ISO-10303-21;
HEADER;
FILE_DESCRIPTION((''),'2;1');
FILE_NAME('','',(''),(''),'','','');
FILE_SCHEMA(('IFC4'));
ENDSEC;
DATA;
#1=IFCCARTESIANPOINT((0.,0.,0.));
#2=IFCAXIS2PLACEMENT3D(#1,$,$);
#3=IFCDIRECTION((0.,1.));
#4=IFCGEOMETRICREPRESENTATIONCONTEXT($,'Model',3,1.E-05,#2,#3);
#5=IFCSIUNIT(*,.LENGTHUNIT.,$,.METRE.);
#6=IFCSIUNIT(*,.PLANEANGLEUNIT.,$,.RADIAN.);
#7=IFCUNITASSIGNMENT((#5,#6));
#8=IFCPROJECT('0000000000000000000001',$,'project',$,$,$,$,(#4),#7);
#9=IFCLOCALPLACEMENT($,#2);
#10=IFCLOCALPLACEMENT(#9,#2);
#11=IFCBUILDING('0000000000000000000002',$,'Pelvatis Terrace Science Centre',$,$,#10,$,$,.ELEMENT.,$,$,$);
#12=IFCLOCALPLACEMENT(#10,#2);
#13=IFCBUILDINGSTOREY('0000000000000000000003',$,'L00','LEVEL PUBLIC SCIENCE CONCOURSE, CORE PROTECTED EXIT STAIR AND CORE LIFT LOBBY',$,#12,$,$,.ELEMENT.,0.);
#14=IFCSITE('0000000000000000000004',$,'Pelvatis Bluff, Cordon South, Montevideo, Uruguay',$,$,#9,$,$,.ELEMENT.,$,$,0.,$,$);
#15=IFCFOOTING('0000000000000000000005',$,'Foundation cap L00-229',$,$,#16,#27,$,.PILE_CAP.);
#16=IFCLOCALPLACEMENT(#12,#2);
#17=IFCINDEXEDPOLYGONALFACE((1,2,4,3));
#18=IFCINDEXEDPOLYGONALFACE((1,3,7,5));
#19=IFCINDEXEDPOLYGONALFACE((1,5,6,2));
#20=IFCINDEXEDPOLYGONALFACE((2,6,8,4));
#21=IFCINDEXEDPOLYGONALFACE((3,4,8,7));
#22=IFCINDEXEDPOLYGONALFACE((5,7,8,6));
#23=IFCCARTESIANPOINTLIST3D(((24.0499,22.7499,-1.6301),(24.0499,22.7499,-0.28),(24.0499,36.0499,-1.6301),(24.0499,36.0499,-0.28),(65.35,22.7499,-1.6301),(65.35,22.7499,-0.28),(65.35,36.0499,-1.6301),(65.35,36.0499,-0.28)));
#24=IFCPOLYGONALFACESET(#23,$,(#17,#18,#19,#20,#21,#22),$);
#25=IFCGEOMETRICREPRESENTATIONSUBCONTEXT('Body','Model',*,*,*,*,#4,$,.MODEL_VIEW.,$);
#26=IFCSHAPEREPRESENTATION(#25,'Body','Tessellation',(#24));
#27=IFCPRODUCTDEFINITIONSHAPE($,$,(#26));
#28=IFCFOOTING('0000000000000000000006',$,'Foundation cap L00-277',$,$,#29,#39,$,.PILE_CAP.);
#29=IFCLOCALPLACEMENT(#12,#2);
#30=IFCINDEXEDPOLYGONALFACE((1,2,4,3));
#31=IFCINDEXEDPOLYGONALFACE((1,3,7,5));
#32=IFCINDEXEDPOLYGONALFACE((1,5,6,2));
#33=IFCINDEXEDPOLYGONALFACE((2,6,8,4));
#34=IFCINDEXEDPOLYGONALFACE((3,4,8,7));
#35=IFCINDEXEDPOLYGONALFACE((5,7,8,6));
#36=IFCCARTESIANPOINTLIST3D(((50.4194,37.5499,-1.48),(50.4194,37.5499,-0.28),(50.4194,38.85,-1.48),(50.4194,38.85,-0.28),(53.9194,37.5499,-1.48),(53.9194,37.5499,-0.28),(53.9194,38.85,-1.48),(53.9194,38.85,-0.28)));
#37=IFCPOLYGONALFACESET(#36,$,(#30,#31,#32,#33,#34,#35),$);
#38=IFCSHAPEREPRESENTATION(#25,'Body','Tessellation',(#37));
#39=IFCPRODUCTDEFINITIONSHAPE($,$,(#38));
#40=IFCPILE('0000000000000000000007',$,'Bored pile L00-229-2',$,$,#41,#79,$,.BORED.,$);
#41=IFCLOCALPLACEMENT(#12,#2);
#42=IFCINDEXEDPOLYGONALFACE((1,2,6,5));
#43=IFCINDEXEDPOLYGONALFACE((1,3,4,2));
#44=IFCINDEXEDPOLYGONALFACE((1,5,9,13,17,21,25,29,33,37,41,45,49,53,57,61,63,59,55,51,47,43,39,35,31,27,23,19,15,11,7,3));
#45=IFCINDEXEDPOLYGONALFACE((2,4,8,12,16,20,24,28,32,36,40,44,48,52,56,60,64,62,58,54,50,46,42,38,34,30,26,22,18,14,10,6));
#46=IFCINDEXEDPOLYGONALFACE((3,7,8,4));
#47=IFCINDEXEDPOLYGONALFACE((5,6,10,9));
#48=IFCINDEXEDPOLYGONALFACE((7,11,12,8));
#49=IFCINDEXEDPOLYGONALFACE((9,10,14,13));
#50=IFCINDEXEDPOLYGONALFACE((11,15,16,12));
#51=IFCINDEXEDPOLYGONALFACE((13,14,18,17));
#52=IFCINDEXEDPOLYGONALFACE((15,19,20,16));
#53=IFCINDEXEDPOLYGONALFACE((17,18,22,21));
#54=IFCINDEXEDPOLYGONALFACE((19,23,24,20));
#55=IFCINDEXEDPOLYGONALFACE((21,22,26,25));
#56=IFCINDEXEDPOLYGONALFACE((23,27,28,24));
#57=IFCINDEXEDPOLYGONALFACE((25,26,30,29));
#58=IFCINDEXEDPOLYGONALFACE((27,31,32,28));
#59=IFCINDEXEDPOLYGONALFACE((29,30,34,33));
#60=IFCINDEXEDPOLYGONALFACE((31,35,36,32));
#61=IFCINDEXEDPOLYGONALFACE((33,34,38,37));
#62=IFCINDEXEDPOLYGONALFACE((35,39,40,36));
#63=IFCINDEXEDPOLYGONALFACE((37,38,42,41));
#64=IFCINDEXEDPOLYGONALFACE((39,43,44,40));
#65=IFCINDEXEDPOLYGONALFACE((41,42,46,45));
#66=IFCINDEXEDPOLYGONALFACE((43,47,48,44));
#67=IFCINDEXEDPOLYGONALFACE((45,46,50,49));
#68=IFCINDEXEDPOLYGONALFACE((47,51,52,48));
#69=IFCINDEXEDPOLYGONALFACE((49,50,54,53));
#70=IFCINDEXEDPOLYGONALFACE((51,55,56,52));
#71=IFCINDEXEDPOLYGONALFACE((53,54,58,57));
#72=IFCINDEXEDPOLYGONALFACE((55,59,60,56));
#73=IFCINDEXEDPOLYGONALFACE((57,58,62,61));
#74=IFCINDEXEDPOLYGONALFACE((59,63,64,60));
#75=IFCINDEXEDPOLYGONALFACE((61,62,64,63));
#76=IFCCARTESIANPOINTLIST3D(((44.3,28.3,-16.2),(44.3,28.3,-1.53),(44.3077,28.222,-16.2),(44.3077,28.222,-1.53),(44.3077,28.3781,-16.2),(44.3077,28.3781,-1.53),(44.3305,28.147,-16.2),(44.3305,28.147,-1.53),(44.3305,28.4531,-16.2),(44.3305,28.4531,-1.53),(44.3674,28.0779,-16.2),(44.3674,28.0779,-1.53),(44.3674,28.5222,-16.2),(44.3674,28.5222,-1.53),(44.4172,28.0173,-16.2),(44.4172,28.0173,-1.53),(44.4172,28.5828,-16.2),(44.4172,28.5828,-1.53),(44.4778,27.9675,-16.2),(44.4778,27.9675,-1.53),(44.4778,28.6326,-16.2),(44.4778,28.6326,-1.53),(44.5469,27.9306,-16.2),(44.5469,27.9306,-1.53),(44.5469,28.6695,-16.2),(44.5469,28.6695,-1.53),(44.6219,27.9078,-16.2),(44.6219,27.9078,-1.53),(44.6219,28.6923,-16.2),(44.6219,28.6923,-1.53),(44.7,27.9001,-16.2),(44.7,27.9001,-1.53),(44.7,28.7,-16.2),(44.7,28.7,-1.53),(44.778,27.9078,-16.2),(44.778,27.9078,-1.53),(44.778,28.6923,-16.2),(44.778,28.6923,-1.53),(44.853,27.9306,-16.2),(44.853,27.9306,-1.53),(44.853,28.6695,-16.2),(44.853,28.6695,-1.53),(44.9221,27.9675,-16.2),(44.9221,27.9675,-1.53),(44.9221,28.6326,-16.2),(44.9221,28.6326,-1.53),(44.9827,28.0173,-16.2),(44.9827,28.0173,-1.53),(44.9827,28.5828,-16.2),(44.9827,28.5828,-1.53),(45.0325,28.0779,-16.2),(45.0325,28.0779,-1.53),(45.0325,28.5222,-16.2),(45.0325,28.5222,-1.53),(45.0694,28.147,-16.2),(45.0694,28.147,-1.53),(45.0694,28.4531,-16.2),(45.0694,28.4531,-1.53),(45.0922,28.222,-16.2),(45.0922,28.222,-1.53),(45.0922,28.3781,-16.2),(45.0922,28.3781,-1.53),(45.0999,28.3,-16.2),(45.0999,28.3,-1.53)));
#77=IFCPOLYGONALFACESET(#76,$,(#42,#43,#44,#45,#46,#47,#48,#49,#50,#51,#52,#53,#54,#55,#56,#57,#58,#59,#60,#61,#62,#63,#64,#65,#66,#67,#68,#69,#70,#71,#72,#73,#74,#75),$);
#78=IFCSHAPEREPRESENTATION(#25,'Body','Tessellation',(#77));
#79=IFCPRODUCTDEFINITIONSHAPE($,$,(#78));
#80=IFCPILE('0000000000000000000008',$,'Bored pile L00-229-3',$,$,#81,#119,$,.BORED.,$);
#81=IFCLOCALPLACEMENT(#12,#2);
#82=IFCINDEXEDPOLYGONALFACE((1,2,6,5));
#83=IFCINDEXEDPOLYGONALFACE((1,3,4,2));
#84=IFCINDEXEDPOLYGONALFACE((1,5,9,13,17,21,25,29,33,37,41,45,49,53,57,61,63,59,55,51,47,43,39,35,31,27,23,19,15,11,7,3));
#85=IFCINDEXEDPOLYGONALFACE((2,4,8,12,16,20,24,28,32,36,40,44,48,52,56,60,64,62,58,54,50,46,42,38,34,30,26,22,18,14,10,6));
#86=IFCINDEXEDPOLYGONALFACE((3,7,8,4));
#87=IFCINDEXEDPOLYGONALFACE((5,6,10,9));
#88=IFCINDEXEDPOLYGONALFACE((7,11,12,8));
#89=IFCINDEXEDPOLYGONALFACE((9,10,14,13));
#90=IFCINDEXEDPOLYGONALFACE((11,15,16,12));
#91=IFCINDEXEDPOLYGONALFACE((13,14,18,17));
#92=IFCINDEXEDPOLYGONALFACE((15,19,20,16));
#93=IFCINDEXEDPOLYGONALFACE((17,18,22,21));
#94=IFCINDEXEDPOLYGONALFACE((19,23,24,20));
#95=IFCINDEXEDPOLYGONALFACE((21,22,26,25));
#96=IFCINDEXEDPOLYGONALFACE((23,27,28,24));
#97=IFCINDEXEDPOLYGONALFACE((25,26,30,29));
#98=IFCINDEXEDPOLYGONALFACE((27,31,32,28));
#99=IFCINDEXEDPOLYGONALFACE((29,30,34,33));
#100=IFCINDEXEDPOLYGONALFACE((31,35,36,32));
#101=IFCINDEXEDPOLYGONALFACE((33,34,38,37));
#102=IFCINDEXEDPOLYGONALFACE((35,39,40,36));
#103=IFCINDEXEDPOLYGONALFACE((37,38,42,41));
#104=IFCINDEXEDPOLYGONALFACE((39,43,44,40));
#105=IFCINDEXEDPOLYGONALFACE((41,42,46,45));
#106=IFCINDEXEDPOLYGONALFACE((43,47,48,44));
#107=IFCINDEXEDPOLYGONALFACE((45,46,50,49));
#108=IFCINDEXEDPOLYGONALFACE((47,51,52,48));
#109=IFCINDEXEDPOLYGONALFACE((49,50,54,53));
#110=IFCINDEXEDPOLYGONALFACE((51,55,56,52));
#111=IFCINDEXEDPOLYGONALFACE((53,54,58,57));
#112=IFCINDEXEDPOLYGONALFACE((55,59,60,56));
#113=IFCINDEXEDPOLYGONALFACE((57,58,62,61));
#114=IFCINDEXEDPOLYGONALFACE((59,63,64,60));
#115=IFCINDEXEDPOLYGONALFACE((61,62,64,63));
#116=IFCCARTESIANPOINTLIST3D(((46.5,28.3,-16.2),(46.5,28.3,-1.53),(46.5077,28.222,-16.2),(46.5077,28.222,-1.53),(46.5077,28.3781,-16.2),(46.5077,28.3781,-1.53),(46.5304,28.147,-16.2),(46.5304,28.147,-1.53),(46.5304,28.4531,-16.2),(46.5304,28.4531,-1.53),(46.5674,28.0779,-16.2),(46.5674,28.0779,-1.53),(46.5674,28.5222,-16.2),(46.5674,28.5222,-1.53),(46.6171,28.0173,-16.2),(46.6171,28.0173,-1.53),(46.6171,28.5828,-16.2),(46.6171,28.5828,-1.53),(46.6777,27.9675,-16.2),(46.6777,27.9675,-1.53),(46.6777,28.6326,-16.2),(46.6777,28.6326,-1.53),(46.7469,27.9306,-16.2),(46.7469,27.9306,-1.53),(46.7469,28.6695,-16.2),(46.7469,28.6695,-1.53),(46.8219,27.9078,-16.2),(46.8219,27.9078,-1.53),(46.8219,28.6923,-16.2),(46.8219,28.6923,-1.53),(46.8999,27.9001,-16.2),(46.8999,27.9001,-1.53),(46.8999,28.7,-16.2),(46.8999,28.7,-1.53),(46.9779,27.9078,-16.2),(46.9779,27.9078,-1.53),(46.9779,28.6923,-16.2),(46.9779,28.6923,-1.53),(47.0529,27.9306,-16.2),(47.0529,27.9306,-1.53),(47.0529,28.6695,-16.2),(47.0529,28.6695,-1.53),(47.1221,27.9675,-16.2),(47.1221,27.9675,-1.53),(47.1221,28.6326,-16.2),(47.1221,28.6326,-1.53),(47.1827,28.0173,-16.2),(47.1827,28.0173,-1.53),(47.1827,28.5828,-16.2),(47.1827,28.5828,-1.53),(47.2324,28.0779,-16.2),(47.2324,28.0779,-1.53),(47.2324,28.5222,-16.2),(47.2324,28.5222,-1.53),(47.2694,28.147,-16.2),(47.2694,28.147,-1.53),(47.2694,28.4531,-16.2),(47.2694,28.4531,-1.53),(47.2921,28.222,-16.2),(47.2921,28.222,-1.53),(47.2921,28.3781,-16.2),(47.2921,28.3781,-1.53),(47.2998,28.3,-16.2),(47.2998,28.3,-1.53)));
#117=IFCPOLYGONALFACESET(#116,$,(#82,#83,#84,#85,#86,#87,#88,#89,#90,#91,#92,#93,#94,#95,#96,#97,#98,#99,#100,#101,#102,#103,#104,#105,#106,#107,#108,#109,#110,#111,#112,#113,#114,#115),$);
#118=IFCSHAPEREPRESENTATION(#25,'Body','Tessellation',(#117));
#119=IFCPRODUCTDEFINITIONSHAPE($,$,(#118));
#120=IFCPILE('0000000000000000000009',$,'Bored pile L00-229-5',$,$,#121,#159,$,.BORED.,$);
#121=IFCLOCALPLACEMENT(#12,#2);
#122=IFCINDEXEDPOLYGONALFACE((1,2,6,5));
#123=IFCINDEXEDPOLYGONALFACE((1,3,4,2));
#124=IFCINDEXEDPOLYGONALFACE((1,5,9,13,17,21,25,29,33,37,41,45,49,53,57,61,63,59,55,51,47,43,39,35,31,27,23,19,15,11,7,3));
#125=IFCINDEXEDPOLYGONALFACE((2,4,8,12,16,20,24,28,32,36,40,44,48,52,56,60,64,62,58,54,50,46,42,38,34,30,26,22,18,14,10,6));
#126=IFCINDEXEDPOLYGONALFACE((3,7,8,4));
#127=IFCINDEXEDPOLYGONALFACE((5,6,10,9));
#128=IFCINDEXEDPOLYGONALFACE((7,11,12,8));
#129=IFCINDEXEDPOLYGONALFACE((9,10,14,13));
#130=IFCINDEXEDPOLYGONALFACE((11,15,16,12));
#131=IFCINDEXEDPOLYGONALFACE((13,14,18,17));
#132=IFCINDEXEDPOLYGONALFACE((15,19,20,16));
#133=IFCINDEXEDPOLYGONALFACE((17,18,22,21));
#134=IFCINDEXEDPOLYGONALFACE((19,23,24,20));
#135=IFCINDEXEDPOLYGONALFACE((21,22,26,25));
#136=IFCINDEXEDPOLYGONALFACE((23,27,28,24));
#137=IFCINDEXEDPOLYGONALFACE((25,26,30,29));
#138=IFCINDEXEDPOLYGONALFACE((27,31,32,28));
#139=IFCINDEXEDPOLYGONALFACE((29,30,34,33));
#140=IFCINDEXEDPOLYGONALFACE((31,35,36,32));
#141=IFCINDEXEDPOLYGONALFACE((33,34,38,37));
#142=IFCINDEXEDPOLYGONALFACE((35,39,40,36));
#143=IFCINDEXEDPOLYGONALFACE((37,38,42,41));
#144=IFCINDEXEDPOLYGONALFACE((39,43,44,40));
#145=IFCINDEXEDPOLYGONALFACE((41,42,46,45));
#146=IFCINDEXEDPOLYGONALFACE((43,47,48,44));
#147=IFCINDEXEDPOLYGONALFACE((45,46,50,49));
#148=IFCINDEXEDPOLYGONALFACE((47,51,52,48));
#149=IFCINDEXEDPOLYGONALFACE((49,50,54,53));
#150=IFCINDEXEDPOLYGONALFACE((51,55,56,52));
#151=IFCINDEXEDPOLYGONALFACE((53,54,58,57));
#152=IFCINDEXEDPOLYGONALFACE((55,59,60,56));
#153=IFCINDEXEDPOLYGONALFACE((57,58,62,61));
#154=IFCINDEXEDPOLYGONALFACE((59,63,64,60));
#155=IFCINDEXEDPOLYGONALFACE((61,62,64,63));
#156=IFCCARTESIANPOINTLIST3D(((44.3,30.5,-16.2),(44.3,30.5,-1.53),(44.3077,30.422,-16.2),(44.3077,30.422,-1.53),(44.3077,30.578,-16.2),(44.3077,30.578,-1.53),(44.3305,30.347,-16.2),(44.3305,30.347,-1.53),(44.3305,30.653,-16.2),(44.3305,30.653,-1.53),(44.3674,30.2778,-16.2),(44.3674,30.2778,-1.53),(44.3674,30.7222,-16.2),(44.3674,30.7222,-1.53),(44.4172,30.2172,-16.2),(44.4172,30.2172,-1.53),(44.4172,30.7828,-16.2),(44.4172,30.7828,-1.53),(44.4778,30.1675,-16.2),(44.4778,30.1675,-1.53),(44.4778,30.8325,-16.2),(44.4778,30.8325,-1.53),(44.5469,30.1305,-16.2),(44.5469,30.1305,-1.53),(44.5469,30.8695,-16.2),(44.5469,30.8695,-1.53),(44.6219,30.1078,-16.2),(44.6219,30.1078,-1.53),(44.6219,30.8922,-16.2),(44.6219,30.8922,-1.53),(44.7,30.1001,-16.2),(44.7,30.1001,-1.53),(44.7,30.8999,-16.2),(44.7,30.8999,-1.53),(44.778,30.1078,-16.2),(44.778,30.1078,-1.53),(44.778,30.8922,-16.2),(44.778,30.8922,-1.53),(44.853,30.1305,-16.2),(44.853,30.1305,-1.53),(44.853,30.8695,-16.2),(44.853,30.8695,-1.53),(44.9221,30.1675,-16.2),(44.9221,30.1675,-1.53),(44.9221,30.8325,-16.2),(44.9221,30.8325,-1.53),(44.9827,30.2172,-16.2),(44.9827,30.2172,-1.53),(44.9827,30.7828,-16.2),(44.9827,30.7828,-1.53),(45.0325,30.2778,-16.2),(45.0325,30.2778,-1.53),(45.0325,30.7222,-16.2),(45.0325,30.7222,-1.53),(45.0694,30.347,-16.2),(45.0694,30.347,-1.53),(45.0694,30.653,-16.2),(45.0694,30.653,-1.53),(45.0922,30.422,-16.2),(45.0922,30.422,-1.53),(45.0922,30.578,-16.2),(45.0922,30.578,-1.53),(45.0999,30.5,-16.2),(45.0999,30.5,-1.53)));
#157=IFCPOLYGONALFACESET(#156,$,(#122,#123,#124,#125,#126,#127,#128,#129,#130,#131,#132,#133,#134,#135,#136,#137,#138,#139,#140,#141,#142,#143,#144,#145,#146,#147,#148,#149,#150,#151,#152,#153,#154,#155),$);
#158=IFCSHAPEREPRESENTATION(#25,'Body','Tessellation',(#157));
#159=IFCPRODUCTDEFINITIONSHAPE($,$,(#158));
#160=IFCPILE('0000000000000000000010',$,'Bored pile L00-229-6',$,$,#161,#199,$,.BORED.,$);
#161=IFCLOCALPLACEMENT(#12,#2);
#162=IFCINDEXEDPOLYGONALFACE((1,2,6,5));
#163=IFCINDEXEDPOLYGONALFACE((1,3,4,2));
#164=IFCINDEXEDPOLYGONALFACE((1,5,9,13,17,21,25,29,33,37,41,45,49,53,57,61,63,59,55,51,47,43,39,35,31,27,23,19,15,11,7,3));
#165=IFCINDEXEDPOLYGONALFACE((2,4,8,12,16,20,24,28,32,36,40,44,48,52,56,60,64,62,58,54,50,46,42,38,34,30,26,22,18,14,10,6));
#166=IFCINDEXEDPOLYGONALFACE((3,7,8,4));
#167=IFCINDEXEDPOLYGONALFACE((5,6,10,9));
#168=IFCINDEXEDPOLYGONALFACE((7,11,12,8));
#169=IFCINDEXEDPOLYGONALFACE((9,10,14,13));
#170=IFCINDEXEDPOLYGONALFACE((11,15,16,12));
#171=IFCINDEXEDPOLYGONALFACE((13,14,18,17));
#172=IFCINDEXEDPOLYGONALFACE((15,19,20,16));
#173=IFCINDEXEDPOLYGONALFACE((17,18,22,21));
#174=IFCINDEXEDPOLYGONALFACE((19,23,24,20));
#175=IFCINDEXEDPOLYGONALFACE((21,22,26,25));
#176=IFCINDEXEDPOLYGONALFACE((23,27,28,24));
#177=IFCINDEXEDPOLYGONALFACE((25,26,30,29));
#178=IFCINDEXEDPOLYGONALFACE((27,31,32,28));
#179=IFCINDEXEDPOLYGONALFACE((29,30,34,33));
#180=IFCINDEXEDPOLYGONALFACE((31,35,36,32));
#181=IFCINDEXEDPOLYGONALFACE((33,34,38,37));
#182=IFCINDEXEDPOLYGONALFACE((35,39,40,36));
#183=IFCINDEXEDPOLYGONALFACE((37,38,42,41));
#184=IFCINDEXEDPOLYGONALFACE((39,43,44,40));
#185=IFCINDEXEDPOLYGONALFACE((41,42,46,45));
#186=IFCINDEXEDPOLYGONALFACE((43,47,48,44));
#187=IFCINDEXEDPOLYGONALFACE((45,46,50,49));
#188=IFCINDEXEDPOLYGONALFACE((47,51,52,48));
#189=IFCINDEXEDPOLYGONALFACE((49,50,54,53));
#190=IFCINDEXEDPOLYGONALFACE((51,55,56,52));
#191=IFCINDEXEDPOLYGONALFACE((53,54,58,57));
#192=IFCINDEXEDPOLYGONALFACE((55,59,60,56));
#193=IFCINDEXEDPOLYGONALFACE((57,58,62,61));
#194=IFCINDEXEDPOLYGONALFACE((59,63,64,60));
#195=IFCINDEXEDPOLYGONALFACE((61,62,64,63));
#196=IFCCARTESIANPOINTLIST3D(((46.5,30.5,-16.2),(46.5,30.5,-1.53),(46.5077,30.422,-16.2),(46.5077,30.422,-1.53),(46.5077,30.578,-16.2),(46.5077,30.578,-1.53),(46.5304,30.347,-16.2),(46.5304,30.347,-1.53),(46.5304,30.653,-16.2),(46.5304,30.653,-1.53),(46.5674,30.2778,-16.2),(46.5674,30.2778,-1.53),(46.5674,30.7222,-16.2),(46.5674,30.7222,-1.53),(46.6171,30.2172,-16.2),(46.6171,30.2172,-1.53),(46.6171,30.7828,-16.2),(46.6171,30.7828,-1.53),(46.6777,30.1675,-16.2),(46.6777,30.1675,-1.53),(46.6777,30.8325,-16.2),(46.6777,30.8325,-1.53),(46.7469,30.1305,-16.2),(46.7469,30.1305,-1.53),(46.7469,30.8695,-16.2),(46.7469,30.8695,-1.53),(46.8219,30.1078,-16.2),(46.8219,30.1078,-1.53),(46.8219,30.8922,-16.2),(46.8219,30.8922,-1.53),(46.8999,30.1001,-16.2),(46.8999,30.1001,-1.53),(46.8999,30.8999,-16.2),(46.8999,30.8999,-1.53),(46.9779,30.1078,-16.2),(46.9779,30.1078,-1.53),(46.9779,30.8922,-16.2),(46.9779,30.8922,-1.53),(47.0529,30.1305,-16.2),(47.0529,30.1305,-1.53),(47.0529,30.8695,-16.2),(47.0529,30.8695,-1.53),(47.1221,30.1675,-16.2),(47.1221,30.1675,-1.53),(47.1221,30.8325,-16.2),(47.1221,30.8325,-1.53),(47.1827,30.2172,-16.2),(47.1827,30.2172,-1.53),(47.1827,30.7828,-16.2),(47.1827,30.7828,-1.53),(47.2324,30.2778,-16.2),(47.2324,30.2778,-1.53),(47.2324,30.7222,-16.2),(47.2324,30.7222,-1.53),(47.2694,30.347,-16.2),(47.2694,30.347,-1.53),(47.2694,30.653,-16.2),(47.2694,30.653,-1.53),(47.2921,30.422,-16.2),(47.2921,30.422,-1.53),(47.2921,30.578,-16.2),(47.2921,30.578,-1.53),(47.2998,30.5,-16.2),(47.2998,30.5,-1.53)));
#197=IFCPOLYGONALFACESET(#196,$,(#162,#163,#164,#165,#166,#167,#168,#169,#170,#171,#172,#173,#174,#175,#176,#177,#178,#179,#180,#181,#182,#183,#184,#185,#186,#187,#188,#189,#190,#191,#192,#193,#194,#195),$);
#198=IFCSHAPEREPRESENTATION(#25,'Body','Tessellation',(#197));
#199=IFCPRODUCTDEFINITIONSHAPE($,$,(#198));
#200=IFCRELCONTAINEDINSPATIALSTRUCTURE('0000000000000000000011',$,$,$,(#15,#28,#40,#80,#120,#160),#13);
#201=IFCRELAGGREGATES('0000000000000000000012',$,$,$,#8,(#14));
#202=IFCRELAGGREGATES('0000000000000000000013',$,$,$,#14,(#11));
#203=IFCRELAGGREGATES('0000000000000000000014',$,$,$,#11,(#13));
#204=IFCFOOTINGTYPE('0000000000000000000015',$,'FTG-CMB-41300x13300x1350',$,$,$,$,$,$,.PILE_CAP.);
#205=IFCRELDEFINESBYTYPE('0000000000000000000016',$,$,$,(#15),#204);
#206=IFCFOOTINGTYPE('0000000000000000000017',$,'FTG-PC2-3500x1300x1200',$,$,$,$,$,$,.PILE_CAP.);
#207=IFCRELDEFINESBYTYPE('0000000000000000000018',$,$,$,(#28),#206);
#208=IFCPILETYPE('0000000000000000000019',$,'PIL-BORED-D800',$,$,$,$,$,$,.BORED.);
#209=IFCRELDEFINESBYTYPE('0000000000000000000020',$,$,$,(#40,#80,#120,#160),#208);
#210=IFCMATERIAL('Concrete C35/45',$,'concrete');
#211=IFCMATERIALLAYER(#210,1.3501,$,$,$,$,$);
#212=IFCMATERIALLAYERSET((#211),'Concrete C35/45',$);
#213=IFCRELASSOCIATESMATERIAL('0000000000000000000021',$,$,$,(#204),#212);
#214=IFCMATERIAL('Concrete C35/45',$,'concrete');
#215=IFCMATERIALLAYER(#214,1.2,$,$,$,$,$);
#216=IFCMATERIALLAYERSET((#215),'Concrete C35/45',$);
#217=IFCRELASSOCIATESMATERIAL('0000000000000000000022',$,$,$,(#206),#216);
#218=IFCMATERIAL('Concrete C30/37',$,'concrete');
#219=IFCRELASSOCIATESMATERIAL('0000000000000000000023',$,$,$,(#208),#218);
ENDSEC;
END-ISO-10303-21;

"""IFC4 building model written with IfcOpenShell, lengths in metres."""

from ifc_helpers import new_model, si_unit, direction, frame, origin, origin_2d, place, context, subcontext, project, spatial, rectangle, circle, extrude, material, layer, layer_set, material_profile, profile_set, type_object, element, save


model = new_model("IFC4")

# Units and contexts
model_context = context("Model", 3, precision=1e-05, world=origin(), true_north=direction((0.0, 1.0)))
body_context = subcontext(model_context, "Body", "Model", "MODEL_VIEW")
ifc_project = project(units=[si_unit("LENGTHUNIT", "METRE"), si_unit("PLANEANGLEUNIT", "RADIAN")], contexts=[model_context])

# Site, building, storey
site_placement = place(None, origin())
site = spatial("IfcSite", under=ifc_project, at=site_placement, Name="Pelvatis Bluff, Cordon South, Montevideo, Uruguay", CompositionType="ELEMENT", RefElevation=0.0)
building_placement = place(site_placement, origin())
building = spatial("IfcBuilding", under=site, at=building_placement, Name="Pelvatis Terrace Science Centre", CompositionType="ELEMENT")
storey_placement = place(building_placement, origin())
storey = spatial("IfcBuildingStorey", under=building, at=storey_placement, Name="L00", Description="LEVEL PUBLIC SCIENCE CONCOURSE, CORE PROTECTED EXIT STAIR AND CORE LIFT LOBBY", CompositionType="ELEMENT", Elevation=0.0)

# Footings
ifc_material_1 = material(Name="Concrete C35/45", Category="concrete")
ifc_layer_1 = layer(ifc_material_1, 1.3501)
ifc_layer_set_1 = layer_set([ifc_layer_1], Name="Concrete C35/45")
footing_type_1 = type_object("IfcFootingType", Name="FTG-CMB-41300x13300x1350", PredefinedType="PILE_CAP", material=ifc_layer_set_1)
footing_1_placement = place(storey_placement, frame((44.7, 29.3999, -1.6301), z_axis=(0.0, 0.0, 1.0), x_axis=(1.0, 0.0, 0.0)))
element("IfcFooting", 1, at=footing_1_placement, inside=storey, type_object=footing_type_1, Name="Foundation cap L00-229", PredefinedType="PILE_CAP", context=body_context, shape_type="SweptSolid", body=[
    extrude(rectangle(XDim=41.3, YDim=13.3, at=origin_2d()), origin(), (0.0, 0.0, 1.0), 1.3501),
])
ifc_material_2 = material(Name="Concrete C35/45", Category="concrete")
ifc_layer_2 = layer(ifc_material_2, 1.2)
ifc_layer_set_2 = layer_set([ifc_layer_2], Name="Concrete C35/45")
footing_type_2 = type_object("IfcFootingType", Name="FTG-PC2-3500x1300x1200", PredefinedType="PILE_CAP", material=ifc_layer_set_2)
footing_2_placement = place(storey_placement, frame((52.1694, 38.2, -1.48), z_axis=(0.0, 0.0, 1.0), x_axis=(1.0, 0.0, 0.0)))
element("IfcFooting", 2, at=footing_2_placement, inside=storey, type_object=footing_type_2, Name="Foundation cap L00-277", PredefinedType="PILE_CAP", context=body_context, shape_type="SweptSolid", body=[
    extrude(rectangle(XDim=3.5, YDim=1.3, at=origin_2d()), origin(), (0.0, 0.0, 1.0), 1.2),
])

# Piles
ifc_material_3 = material(Name="Concrete C30/37", Category="concrete")
ifc_material_profile_1 = material_profile(ifc_material_3, circle(Radius=0.3999, at=origin_2d()), Name="PILE D800")
ifc_profile_set_1 = profile_set([ifc_material_profile_1], Name="Concrete C30/37")
pile_type = type_object("IfcPileType", Name="PIL-BORED-D800", PredefinedType="BORED", material=ifc_profile_set_1)
for number, where, z_axis, x_axis, name in (
    (3, (44.7, 28.3, -1.53), (0.0, 0.0, -1.0), (1.0, 0.0, 0.0), "Bored pile L00-229-2"),
    (4, (46.8999, 28.3, -1.53), (0.0, 0.0, -1.0), (1.0, 0.0, 0.0), "Bored pile L00-229-3"),
    (5, (44.7, 30.5, -1.53), (0.0, 0.0, -1.0), (1.0, 0.0, 0.0), "Bored pile L00-229-5"),
    (6, (46.8999, 30.5, -1.53), (0.0, 0.0, -1.0), (1.0, 0.0, 0.0), "Bored pile L00-229-6"),
):
    element("IfcPile", number, at=place(storey_placement, frame(where, z_axis=z_axis, x_axis=x_axis)), inside=storey, type_object=pile_type, Name=name, PredefinedType="BORED", context=body_context, shape_type="SweptSolid", body=[
        extrude(circle(Radius=0.3999, at=origin_2d()), origin(), (0.0, 0.0, 1.0), 14.6699),
    ])

save(model, "model.ifc")
